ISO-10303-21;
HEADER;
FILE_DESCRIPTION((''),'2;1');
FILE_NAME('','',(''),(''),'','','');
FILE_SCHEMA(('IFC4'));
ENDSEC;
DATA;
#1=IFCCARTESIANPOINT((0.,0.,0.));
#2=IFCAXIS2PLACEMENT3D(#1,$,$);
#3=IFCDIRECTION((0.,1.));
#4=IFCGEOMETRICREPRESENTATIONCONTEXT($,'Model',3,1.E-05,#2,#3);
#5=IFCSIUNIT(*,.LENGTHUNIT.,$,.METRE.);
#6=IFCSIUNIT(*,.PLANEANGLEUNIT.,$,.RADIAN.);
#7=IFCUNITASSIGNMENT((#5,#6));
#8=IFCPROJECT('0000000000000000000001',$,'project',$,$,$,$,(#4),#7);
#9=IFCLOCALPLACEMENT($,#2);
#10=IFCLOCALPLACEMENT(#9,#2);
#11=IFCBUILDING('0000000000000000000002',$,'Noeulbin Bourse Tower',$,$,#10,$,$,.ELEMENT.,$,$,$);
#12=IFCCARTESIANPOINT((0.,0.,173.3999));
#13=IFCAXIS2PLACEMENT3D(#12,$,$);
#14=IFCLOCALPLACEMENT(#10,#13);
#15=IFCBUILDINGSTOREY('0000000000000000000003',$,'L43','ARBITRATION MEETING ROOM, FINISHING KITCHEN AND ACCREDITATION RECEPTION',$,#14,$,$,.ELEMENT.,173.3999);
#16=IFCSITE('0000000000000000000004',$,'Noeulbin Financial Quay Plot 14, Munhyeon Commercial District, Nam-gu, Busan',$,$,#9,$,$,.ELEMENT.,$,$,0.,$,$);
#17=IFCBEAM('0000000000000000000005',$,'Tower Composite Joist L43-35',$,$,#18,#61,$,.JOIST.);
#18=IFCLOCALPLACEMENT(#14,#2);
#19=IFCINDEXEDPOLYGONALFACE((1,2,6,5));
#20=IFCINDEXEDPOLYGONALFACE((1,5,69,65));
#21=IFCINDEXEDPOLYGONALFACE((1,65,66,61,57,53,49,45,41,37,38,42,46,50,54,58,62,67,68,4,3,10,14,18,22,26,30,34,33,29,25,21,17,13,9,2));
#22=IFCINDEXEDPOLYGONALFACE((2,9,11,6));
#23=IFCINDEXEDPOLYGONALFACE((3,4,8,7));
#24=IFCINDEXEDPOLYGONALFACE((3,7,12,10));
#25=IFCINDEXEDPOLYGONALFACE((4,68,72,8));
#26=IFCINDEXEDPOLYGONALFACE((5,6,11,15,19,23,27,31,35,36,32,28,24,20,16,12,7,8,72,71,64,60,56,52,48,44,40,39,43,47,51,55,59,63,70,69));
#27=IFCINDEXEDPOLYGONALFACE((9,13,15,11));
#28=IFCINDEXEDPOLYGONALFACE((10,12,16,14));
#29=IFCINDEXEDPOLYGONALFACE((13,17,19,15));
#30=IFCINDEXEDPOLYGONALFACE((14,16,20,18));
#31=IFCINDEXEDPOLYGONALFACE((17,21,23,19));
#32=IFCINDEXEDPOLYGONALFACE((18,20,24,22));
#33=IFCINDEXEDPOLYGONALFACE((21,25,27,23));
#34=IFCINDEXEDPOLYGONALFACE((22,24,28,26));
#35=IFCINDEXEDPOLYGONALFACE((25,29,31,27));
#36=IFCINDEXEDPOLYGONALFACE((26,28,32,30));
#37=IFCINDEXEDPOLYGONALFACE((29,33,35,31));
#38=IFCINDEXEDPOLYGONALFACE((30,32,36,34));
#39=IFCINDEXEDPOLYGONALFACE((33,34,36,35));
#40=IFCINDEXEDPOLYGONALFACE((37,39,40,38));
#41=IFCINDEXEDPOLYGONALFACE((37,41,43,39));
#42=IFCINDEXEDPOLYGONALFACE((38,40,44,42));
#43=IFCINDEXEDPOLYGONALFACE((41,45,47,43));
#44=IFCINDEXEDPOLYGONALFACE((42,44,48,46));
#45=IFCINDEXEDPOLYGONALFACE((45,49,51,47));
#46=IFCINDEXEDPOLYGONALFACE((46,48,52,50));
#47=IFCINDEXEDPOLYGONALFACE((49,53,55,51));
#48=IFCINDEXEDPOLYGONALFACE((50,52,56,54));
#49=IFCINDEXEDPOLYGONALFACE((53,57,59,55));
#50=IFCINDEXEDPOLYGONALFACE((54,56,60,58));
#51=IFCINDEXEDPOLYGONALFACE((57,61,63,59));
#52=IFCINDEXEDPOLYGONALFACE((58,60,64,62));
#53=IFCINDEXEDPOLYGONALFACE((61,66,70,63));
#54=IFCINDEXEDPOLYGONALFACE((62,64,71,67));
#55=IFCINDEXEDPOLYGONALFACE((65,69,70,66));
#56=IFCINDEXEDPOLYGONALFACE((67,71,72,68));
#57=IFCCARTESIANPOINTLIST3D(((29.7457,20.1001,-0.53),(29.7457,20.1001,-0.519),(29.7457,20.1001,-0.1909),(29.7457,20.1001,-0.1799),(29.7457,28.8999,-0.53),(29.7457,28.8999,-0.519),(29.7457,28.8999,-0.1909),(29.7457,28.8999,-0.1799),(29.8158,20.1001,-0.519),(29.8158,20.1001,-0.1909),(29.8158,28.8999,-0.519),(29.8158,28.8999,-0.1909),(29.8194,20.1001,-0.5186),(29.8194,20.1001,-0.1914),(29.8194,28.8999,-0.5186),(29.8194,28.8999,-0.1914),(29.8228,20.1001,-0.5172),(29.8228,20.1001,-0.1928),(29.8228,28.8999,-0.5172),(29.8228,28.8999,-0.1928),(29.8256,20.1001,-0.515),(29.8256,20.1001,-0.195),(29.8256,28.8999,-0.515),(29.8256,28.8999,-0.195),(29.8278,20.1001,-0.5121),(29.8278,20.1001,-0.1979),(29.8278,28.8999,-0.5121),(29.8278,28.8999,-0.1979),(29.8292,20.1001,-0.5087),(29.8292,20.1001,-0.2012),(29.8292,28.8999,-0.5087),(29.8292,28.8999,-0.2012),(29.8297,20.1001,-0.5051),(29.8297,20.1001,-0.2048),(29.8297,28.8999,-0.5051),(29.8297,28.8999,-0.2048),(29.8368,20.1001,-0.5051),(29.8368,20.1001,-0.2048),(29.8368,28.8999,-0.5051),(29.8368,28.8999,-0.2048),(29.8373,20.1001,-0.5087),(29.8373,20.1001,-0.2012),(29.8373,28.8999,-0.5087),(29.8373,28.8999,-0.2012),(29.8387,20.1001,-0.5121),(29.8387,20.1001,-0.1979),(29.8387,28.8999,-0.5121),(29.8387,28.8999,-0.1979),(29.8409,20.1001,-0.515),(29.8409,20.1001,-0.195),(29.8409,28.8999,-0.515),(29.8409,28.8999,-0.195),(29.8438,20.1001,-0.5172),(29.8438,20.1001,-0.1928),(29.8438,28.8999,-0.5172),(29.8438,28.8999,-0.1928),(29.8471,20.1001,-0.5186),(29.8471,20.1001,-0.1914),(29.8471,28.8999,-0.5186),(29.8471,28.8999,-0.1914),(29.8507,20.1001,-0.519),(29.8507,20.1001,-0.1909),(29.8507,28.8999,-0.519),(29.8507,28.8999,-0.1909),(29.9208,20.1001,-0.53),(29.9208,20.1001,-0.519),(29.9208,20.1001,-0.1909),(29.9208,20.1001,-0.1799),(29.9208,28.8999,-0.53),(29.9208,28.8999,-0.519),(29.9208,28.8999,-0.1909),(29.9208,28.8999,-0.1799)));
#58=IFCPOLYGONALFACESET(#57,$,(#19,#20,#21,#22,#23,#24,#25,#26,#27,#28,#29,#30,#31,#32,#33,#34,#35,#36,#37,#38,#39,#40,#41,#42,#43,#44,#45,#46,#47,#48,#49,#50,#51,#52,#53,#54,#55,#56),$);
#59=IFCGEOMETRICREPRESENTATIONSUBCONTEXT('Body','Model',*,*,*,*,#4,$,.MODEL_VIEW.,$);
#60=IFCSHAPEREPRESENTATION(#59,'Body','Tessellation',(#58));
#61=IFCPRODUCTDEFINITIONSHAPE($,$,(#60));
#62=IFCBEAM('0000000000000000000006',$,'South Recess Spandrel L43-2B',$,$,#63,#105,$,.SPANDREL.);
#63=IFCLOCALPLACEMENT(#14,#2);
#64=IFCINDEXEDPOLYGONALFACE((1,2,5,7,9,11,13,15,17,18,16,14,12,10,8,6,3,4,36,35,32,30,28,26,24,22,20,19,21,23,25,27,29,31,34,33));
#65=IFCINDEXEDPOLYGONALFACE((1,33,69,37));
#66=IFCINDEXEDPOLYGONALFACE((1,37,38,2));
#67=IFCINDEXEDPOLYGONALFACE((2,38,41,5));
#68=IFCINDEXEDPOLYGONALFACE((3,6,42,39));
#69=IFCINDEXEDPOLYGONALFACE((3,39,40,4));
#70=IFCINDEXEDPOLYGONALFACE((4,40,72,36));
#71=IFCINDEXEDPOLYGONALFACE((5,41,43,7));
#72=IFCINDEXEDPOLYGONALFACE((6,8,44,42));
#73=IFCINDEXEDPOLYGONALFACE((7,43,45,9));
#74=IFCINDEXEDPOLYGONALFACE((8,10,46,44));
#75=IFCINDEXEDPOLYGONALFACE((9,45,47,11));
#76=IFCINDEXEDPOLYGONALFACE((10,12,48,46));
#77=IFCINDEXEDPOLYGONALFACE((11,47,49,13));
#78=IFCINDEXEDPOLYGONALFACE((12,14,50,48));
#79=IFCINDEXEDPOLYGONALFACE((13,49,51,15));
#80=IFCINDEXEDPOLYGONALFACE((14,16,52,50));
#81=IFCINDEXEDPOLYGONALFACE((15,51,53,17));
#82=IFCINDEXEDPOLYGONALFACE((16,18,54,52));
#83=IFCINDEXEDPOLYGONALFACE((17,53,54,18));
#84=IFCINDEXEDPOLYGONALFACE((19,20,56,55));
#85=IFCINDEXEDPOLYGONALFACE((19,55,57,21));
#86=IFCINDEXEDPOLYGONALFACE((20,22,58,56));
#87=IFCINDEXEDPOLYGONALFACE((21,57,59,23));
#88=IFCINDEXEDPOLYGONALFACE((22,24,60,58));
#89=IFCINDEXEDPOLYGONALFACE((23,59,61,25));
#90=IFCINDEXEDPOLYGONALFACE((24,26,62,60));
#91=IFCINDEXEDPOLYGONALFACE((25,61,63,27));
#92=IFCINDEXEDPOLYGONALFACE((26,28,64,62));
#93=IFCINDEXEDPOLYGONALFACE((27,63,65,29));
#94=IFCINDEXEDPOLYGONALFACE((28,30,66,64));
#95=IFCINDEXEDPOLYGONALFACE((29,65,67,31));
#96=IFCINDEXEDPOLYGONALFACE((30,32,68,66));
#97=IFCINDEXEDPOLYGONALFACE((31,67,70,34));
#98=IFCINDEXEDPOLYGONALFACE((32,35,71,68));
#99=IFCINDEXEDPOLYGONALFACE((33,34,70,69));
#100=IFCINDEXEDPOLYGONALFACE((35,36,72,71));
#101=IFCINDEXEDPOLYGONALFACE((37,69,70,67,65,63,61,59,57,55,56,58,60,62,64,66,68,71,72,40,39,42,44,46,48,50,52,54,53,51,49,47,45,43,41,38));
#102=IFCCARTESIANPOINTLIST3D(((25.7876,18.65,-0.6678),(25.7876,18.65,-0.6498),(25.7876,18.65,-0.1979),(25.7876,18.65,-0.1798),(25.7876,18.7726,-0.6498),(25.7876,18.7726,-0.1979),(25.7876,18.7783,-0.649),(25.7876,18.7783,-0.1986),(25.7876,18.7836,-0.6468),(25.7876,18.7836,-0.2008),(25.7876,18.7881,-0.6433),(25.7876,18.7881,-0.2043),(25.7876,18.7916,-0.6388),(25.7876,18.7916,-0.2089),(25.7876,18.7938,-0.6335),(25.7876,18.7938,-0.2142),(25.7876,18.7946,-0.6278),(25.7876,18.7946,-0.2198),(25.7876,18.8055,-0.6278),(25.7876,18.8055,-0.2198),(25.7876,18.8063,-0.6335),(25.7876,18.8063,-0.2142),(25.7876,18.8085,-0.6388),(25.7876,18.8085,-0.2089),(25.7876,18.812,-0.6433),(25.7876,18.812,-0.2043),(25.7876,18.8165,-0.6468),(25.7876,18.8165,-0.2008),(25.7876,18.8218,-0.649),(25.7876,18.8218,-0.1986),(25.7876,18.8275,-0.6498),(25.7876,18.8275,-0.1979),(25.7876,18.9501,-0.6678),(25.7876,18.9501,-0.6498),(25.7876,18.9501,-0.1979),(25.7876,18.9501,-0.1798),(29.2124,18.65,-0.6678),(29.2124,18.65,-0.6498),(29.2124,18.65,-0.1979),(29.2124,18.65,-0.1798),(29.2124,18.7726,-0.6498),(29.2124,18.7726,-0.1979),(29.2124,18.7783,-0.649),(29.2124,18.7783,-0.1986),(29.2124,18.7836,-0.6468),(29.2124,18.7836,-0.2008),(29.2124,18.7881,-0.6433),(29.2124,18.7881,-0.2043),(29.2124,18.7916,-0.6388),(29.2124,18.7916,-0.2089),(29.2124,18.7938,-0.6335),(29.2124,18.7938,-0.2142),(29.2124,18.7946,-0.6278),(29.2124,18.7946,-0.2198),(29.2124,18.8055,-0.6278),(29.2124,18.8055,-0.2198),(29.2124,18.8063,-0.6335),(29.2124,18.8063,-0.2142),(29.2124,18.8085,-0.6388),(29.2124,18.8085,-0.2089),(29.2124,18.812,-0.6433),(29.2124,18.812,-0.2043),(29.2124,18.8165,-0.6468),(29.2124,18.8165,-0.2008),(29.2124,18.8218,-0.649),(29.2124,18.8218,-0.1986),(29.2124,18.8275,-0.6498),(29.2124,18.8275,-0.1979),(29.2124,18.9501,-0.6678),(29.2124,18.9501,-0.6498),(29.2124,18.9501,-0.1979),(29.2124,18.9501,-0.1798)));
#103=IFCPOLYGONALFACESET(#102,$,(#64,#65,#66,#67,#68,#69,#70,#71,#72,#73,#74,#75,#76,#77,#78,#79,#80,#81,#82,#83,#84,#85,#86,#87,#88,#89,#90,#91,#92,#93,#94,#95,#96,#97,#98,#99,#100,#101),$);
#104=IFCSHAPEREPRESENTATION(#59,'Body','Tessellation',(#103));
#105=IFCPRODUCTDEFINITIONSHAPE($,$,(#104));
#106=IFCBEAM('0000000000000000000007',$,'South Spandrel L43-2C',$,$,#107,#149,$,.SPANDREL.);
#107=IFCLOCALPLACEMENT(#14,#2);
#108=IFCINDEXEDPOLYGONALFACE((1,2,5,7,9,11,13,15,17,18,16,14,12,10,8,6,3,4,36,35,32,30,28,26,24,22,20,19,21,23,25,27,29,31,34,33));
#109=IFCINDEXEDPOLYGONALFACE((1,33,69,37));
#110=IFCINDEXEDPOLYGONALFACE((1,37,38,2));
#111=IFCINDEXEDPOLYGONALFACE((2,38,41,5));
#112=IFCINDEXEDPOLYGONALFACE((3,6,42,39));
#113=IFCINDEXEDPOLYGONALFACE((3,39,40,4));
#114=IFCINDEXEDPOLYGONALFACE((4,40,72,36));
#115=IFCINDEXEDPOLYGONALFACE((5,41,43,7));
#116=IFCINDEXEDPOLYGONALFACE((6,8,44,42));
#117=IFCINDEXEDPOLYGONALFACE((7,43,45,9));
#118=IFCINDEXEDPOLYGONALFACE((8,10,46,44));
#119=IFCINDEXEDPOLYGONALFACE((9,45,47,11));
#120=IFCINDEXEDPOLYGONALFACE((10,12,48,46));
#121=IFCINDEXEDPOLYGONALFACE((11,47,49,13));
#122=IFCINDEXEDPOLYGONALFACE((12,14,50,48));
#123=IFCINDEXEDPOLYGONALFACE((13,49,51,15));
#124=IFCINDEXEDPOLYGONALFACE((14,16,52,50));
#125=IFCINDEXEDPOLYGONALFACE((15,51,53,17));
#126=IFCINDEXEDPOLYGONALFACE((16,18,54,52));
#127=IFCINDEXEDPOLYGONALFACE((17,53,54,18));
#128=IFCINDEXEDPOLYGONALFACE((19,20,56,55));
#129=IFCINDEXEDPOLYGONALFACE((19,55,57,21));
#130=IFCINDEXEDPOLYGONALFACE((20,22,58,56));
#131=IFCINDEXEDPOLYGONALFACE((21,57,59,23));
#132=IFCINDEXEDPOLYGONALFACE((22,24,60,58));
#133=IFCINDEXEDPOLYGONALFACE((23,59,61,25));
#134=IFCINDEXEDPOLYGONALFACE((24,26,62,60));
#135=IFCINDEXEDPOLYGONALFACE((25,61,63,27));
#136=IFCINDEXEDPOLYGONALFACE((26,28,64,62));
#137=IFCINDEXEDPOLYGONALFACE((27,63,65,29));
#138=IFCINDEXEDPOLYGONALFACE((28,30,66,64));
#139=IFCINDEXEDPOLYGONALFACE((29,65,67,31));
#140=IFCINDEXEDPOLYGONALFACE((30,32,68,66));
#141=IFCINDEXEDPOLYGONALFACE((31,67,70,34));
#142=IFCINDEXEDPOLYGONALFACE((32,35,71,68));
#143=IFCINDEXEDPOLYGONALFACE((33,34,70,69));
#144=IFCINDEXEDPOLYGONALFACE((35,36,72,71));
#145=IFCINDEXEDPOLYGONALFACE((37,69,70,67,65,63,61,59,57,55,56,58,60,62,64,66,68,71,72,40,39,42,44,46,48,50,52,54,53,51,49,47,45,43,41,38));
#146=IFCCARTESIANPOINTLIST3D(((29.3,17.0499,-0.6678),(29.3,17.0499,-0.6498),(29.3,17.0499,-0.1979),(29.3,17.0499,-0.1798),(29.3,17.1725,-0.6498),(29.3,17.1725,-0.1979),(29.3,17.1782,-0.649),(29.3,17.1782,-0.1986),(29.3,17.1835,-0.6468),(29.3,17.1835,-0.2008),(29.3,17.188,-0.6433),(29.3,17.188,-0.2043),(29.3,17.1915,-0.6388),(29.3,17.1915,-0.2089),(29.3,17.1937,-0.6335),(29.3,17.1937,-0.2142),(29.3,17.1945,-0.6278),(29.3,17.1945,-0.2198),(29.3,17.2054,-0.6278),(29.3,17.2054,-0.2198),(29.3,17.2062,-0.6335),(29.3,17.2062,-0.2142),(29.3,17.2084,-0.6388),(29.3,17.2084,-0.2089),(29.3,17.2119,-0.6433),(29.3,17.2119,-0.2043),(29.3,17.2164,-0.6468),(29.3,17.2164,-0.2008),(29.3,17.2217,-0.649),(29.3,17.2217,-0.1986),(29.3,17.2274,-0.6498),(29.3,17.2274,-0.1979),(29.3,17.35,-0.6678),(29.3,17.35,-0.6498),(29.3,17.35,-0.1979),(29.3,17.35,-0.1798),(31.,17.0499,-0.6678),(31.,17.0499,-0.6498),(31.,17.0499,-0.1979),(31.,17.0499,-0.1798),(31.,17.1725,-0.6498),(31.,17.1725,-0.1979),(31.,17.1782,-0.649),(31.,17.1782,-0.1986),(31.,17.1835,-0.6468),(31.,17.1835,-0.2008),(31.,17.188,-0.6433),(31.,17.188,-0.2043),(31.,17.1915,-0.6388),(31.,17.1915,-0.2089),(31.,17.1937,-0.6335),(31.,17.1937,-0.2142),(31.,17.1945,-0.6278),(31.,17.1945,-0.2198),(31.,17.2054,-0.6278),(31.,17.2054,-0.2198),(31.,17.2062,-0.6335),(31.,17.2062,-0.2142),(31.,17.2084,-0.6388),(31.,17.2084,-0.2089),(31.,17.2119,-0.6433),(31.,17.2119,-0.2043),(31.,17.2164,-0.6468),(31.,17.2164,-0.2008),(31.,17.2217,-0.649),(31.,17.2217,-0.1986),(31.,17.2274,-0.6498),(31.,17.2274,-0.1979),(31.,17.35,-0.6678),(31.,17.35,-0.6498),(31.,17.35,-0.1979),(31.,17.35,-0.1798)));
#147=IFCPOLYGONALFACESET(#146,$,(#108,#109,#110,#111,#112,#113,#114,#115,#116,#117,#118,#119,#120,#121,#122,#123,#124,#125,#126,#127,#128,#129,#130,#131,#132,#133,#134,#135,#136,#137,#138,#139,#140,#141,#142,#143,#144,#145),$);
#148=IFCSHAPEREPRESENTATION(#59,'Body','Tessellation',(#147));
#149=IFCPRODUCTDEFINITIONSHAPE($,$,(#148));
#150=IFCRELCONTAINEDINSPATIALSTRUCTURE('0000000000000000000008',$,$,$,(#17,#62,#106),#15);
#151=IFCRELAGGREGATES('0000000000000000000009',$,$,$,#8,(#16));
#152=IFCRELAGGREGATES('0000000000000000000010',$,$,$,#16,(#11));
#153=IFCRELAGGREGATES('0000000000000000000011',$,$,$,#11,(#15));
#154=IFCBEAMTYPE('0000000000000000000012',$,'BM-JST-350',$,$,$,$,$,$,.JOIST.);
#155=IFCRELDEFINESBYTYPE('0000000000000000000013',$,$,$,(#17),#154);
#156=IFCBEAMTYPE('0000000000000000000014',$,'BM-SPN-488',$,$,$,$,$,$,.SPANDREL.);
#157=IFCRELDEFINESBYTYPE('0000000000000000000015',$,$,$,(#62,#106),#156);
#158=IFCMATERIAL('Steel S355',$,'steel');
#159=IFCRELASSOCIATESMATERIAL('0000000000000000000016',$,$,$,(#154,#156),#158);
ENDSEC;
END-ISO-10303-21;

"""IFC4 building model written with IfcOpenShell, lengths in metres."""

from ifc_helpers import new_model, si_unit, direction, frame, origin, origin_2d, place, context, subcontext, project, spatial, i_section, extrude, material, material_profile, profile_set, type_object, element, save


model = new_model("IFC4")

# Units and contexts
model_context = context("Model", 3, precision=1e-05, world=origin(), true_north=direction((0.0, 1.0)))
body_context = subcontext(model_context, "Body", "Model", "MODEL_VIEW")
ifc_project = project(units=[si_unit("LENGTHUNIT", "METRE"), si_unit("PLANEANGLEUNIT", "RADIAN")], contexts=[model_context])

# Site, building, storey
site_placement = place(None, origin())
site = spatial("IfcSite", under=ifc_project, at=site_placement, Name="Noeulbin Financial Quay Plot 14, Munhyeon Commercial District, Nam-gu, Busan", CompositionType="ELEMENT", RefElevation=0.0)
building_placement = place(site_placement, origin())
building = spatial("IfcBuilding", under=site, at=building_placement, Name="Noeulbin Bourse Tower", CompositionType="ELEMENT")
storey_placement = place(building_placement, frame((0.0, 0.0, 173.3999)))
storey = spatial("IfcBuildingStorey", under=building, at=storey_placement, Name="L43", Description="ARBITRATION MEETING ROOM, FINISHING KITCHEN AND ACCREDITATION RECEPTION", CompositionType="ELEMENT", Elevation=173.3999)

# Beams
ifc_material_1 = material(Name="Steel S355", Category="steel")
ifc_material_profile_1 = material_profile(ifc_material_1, i_section(OverallWidth=0.175, OverallDepth=0.3501, WebThickness=0.0071, FlangeThickness=0.011, FilletRadius=0.0139, at=origin_2d()), Name="H-350x175x7x11", Category="LoadBearing")
ifc_profile_set_1 = profile_set([ifc_material_profile_1], Name="Steel S355")
beam_type_1 = type_object("IfcBeamType", Name="BM-JST-350", PredefinedType="JOIST", material=ifc_profile_set_1)
beam_1_placement = place(storey_placement, frame((29.8333, 20.1001, -0.355), z_axis=(0.0, 1.0, 0.0), x_axis=(-1.0, 0.0, 0.0)))
element("IfcBeam", 1, at=beam_1_placement, inside=storey, type_object=beam_type_1, Name="Tower Composite Joist L43-35", PredefinedType="JOIST", context=body_context, shape_type="SweptSolid", body=[
    extrude(i_section(OverallWidth=0.175, OverallDepth=0.3501, WebThickness=0.0071, FlangeThickness=0.011, FilletRadius=0.0139, at=origin_2d()), origin(), (0.0, 0.0, 1.0), 8.7998),
])
ifc_material_profile_2 = material_profile(ifc_material_1, i_section(OverallWidth=0.3, OverallDepth=0.488, WebThickness=0.011, FlangeThickness=0.0181, FilletRadius=0.022, at=origin_2d()), Name="H-488x300x11x18", Category="LoadBearing")
ifc_profile_set_2 = profile_set([ifc_material_profile_2], Name="Steel S355")
beam_type_2 = type_object("IfcBeamType", Name="BM-SPN-488", PredefinedType="SPANDREL", material=ifc_profile_set_2)
beam_2_placement = place(storey_placement, frame((25.7876, 18.8, -0.4238), z_axis=(1.0, 0.0, 0.0), x_axis=(0.0, 1.0, 0.0)))
element("IfcBeam", 2, at=beam_2_placement, inside=storey, type_object=beam_type_2, Name="South Recess Spandrel L43-2B", PredefinedType="SPANDREL", context=body_context, shape_type="SweptSolid", body=[
    extrude(i_section(OverallWidth=0.3, OverallDepth=0.488, WebThickness=0.011, FlangeThickness=0.0181, FilletRadius=0.022, at=origin_2d()), origin(), (0.0, 0.0, 1.0), 3.4248),
])
beam_3_placement = place(storey_placement, frame((29.3, 17.2, -0.4238), z_axis=(1.0, 0.0, 0.0), x_axis=(0.0, 1.0, 0.0)))
element("IfcBeam", 3, at=beam_3_placement, inside=storey, type_object=beam_type_2, Name="South Spandrel L43-2C", PredefinedType="SPANDREL", context=body_context, shape_type="SweptSolid", body=[
    extrude(i_section(OverallWidth=0.3, OverallDepth=0.488, WebThickness=0.011, FlangeThickness=0.0181, FilletRadius=0.022, at=origin_2d()), origin(), (0.0, 0.0, 1.0), 1.7),
])

save(model, "model.ifc")
